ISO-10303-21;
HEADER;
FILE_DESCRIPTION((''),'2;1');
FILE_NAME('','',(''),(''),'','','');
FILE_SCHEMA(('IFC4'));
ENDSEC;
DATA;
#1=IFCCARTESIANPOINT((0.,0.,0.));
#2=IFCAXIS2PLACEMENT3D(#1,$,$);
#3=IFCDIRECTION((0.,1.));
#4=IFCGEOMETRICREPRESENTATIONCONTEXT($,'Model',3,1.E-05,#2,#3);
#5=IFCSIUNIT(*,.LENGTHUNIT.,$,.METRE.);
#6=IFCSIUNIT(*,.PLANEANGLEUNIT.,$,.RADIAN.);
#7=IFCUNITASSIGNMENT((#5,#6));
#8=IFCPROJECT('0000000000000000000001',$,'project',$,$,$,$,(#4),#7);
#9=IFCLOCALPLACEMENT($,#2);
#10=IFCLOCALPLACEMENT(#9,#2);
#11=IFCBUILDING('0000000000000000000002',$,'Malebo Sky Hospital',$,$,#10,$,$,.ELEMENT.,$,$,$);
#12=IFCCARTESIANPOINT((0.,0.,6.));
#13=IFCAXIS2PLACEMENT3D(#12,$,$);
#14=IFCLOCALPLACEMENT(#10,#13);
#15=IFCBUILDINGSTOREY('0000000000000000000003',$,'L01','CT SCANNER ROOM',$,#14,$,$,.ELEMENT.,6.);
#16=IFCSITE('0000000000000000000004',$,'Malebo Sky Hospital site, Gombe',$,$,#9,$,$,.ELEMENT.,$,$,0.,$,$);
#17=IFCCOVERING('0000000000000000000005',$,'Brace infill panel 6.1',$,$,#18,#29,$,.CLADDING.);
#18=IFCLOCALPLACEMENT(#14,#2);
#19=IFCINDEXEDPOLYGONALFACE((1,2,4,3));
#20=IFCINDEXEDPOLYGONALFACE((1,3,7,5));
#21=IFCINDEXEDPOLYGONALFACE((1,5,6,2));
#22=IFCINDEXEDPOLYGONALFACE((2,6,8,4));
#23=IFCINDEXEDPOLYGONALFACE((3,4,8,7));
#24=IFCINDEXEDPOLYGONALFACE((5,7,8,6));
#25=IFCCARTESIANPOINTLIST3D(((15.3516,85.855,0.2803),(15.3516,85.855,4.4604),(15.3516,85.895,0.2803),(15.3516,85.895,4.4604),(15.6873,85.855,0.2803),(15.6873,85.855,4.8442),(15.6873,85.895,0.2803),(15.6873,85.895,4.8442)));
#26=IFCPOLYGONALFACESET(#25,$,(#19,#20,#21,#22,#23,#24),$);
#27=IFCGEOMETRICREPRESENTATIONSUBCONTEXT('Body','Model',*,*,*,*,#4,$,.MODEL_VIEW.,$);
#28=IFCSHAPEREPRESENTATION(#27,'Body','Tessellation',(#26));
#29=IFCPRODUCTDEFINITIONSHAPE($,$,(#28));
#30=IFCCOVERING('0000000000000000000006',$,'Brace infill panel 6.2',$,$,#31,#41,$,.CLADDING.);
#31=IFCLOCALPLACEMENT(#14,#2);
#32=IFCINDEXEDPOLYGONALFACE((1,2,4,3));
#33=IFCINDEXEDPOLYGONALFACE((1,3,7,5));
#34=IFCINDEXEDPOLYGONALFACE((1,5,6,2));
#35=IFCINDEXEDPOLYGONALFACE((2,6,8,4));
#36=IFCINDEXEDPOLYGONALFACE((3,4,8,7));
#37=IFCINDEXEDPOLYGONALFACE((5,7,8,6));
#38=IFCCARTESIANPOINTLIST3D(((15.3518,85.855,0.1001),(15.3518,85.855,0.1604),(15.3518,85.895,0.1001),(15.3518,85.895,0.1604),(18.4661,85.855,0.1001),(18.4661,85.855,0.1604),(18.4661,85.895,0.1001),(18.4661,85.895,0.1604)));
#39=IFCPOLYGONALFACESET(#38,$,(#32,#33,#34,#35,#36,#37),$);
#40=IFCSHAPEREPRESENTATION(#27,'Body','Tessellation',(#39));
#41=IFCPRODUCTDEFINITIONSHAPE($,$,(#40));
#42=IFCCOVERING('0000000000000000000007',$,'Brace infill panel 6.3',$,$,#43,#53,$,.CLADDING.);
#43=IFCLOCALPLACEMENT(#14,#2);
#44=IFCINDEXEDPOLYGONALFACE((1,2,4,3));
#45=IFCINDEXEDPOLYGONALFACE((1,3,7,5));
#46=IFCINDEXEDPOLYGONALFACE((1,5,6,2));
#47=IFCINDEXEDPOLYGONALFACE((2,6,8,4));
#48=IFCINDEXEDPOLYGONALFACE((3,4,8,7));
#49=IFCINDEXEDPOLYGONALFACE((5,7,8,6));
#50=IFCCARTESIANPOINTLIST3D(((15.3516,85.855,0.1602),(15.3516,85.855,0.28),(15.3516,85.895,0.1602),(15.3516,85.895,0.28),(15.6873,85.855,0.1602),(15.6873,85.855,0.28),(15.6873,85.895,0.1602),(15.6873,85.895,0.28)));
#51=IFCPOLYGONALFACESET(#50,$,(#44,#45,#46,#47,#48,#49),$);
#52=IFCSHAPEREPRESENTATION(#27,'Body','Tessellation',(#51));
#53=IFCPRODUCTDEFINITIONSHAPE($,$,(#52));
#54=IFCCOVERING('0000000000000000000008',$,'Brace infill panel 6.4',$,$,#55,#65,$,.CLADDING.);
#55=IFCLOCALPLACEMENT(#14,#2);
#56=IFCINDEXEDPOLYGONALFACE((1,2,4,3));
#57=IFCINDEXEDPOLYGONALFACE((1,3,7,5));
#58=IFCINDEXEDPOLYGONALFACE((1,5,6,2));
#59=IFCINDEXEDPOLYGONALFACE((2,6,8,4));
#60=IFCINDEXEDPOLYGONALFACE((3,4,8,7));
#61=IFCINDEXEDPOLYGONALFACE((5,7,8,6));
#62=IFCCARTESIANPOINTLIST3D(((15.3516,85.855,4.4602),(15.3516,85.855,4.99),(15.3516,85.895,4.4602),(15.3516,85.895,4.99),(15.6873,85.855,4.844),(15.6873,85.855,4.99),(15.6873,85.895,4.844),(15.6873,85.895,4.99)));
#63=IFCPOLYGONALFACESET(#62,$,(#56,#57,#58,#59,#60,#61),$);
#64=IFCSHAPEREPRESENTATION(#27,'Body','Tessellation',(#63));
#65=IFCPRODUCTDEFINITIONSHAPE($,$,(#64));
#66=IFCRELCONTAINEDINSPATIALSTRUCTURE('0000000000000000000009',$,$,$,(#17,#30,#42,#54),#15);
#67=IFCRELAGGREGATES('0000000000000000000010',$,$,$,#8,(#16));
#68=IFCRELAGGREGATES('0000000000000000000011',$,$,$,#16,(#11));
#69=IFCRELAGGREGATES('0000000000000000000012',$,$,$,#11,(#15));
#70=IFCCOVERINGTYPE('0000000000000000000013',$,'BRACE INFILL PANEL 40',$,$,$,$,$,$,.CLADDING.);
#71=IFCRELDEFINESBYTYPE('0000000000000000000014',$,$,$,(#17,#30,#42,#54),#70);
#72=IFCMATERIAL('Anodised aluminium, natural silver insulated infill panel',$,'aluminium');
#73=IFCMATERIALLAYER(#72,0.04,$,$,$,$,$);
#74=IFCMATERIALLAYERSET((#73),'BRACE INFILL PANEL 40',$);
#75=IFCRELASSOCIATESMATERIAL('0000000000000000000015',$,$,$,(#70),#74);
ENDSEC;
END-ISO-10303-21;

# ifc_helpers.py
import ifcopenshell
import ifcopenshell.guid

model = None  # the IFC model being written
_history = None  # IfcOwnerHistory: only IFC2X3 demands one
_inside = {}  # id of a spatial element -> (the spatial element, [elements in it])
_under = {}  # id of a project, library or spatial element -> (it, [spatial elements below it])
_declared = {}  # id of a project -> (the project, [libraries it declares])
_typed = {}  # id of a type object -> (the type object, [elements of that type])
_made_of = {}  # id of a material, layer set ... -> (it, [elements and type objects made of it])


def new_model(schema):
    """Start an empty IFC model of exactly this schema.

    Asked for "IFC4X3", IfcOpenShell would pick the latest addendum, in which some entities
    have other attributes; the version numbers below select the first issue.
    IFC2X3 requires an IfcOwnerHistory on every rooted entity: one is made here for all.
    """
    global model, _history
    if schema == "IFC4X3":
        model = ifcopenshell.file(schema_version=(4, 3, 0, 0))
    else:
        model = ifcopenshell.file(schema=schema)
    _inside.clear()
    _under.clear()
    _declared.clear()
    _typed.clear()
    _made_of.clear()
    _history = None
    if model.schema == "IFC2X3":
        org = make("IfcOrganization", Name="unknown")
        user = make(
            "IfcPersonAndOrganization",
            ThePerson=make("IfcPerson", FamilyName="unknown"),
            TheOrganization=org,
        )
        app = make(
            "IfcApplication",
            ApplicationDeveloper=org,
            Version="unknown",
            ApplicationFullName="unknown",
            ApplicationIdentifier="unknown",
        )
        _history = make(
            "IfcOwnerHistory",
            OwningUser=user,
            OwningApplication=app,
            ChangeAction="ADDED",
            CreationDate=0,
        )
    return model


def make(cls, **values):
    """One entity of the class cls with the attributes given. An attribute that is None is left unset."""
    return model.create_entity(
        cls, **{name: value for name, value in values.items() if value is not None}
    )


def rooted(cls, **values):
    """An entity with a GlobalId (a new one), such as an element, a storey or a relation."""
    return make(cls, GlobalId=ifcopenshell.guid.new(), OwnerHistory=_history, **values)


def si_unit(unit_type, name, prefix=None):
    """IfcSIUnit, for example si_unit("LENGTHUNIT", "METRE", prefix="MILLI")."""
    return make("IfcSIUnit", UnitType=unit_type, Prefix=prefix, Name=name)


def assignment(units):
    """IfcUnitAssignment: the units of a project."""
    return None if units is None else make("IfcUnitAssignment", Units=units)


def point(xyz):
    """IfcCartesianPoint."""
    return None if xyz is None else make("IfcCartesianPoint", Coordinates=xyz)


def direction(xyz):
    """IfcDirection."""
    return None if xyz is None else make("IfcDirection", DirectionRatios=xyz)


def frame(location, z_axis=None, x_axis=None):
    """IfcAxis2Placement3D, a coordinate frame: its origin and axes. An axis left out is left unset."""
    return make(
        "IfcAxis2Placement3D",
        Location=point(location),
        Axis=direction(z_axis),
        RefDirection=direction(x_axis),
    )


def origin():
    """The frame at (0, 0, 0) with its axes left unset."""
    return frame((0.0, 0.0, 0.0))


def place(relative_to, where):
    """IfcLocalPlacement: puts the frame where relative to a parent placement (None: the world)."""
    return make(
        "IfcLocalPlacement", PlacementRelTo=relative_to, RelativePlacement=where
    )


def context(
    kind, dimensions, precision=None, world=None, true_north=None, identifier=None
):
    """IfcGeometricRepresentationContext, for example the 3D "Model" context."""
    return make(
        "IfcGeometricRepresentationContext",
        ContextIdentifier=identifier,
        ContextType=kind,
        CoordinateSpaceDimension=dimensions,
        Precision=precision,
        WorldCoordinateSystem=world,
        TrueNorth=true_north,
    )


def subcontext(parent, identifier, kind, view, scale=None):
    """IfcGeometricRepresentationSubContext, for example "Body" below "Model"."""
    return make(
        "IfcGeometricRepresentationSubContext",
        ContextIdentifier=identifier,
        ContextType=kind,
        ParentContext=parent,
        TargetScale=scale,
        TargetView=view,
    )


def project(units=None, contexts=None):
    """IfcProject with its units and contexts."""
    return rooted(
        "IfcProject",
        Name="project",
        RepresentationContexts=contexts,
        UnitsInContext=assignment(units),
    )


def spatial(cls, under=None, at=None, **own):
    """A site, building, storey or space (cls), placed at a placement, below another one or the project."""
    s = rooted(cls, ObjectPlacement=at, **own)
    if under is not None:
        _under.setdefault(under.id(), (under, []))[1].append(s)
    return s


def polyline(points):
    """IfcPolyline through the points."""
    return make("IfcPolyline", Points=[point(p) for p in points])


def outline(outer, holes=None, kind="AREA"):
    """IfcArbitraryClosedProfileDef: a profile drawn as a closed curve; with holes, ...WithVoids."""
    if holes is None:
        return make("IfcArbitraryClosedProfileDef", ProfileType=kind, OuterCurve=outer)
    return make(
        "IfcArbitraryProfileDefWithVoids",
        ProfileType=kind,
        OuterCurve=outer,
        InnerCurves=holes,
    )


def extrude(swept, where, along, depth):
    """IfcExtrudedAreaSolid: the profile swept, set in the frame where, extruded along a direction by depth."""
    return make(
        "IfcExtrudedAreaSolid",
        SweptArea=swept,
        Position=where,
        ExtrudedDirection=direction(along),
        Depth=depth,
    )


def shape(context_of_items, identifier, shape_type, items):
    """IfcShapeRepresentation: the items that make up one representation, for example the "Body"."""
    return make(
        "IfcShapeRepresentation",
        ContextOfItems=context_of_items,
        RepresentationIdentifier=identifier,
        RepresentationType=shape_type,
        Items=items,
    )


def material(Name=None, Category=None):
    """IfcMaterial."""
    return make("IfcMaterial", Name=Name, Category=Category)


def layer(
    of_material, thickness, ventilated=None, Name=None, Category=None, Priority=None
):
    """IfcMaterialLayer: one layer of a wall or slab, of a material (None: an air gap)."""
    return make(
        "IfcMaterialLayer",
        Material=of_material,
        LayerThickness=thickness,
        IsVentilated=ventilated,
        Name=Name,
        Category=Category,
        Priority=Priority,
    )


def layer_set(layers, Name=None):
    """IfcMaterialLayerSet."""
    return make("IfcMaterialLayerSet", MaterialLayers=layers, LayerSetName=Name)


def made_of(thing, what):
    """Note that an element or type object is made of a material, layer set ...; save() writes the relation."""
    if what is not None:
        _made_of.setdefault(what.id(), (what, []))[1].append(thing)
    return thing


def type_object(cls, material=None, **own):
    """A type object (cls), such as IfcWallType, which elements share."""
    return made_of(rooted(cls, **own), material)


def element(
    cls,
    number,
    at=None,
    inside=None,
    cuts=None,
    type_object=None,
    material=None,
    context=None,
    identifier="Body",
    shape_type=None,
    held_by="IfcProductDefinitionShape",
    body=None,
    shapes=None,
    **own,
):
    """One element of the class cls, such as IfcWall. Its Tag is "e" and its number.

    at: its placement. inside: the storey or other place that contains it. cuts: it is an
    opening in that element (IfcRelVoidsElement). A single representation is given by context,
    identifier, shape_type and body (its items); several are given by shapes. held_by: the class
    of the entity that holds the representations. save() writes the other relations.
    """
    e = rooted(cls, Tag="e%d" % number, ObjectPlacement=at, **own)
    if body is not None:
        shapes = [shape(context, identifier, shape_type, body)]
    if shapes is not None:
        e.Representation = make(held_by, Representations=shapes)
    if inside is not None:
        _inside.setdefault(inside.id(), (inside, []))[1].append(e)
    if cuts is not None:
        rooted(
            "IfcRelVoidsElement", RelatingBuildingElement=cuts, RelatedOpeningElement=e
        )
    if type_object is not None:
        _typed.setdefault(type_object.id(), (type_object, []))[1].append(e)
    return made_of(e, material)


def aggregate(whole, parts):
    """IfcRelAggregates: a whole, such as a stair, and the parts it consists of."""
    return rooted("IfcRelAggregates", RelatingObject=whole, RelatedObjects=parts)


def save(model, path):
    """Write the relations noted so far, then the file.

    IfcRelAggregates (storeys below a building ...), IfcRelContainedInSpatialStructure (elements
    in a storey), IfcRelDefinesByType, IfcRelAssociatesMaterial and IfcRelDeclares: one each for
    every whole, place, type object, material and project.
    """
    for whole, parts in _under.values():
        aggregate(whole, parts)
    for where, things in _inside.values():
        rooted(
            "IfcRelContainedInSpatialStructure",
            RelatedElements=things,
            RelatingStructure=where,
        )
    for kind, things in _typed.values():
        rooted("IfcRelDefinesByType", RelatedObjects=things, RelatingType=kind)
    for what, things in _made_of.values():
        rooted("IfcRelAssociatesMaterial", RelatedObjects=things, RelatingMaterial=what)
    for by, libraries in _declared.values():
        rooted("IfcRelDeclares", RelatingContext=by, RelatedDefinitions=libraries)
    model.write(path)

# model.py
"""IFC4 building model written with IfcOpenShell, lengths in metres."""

from ifc_helpers import new_model, si_unit, direction, frame, origin, place, context, subcontext, project, spatial, polyline, outline, extrude, material, layer, layer_set, type_object, element, save


model = new_model("IFC4")

# Units and contexts
model_context = context("Model", 3, precision=1e-05, world=origin(), true_north=direction((0.0, 1.0)))
body_context = subcontext(model_context, "Body", "Model", "MODEL_VIEW")
ifc_project = project(units=[si_unit("LENGTHUNIT", "METRE"), si_unit("PLANEANGLEUNIT", "RADIAN")], contexts=[model_context])

# Site, building, storey
site_placement = place(None, origin())
site = spatial("IfcSite", under=ifc_project, at=site_placement, Name="Malebo Sky Hospital site, Gombe", CompositionType="ELEMENT", RefElevation=0.0)
building_placement = place(site_placement, origin())
building = spatial("IfcBuilding", under=site, at=building_placement, Name="Malebo Sky Hospital", CompositionType="ELEMENT")
storey_placement = place(building_placement, frame((0.0, 0.0, 6.0)))
storey = spatial("IfcBuildingStorey", under=building, at=storey_placement, Name="L01", Description="CT SCANNER ROOM", CompositionType="ELEMENT", Elevation=6.0)

# Coverings
ifc_material_1 = material(Name="Anodised aluminium, natural silver insulated infill panel", Category="aluminium")
ifc_layer_1 = layer(ifc_material_1, 0.04)
ifc_layer_set_1 = layer_set([ifc_layer_1], Name="BRACE INFILL PANEL 40")
covering_type = type_object("IfcCoveringType", Name="BRACE INFILL PANEL 40", PredefinedType="CLADDING", material=ifc_layer_set_1)
covering_1_placement = place(storey_placement, frame((15.5195, 85.875, 0.2803), z_axis=(0.0, 0.0, 1.0), x_axis=(-1.0, 0.0, 0.0)))
element("IfcCovering", 1, at=covering_1_placement, inside=storey, type_object=covering_type, Name="Brace infill panel 6.1", PredefinedType="CLADDING", context=body_context, shape_type="SweptSolid", body=[
    extrude(outline(polyline([(-0.1677, 0.0), (0.168, 0.0), (0.168, 4.1802), (-0.1677, 4.564), (-0.1677, 0.0)])), frame((0.0, 0.02, 0.0), z_axis=(0.0, -1.0, 0.0), x_axis=(1.0, 0.0, 0.0)), (0.0, 0.0, 1.0), 0.04),
])
covering_2_placement = place(storey_placement, frame((16.9089, 85.875, 0.1001), z_axis=(0.0, 0.0, 1.0), x_axis=(-1.0, 0.0, 0.0)))
element("IfcCovering", 2, at=covering_2_placement, inside=storey, type_object=covering_type, Name="Brace infill panel 6.2", PredefinedType="CLADDING", context=body_context, shape_type="SweptSolid", body=[
    extrude(outline(polyline([(-1.5571, 0.0), (1.5571, 0.0), (1.5571, 0.0603), (-1.5571, 0.0603), (-1.5571, 0.0)])), frame((0.0, 0.02, 0.0), z_axis=(0.0, -1.0, 0.0), x_axis=(1.0, 0.0, 0.0)), (0.0, 0.0, 1.0), 0.04),
])
covering_3_placement = place(storey_placement, frame((15.5195, 85.875, 0.1602), z_axis=(0.0, 0.0, 1.0), x_axis=(-1.0, 0.0, 0.0)))
element("IfcCovering", 3, at=covering_3_placement, inside=storey, type_object=covering_type, Name="Brace infill panel 6.3", PredefinedType="CLADDING", context=body_context, shape_type="SweptSolid", body=[
    extrude(outline(polyline([(-0.1677, 0.0), (0.168, 0.0), (0.168, 0.1199), (-0.1677, 0.1199), (-0.1677, 0.0)])), frame((0.0, 0.02, 0.0), z_axis=(0.0, -1.0, 0.0), x_axis=(1.0, 0.0, 0.0)), (0.0, 0.0, 1.0), 0.04),
])
covering_4_placement = place(storey_placement, frame((15.5195, 85.875, 4.4602), z_axis=(0.0, 0.0, 1.0), x_axis=(-1.0, 0.0, 0.0)))
element("IfcCovering", 4, at=covering_4_placement, inside=storey, type_object=covering_type, Name="Brace infill panel 6.4", PredefinedType="CLADDING", context=body_context, shape_type="SweptSolid", body=[
    extrude(outline(polyline([(0.168, 0.0), (0.168, 0.5298), (-0.1677, 0.5298), (-0.1677, 0.3838), (0.168, 0.0)])), frame((0.0, 0.02, 0.0), z_axis=(0.0, -1.0, 0.0), x_axis=(1.0, 0.0, 0.0)), (0.0, 0.0, 1.0), 0.04),
])

save(model, "model.ifc")
